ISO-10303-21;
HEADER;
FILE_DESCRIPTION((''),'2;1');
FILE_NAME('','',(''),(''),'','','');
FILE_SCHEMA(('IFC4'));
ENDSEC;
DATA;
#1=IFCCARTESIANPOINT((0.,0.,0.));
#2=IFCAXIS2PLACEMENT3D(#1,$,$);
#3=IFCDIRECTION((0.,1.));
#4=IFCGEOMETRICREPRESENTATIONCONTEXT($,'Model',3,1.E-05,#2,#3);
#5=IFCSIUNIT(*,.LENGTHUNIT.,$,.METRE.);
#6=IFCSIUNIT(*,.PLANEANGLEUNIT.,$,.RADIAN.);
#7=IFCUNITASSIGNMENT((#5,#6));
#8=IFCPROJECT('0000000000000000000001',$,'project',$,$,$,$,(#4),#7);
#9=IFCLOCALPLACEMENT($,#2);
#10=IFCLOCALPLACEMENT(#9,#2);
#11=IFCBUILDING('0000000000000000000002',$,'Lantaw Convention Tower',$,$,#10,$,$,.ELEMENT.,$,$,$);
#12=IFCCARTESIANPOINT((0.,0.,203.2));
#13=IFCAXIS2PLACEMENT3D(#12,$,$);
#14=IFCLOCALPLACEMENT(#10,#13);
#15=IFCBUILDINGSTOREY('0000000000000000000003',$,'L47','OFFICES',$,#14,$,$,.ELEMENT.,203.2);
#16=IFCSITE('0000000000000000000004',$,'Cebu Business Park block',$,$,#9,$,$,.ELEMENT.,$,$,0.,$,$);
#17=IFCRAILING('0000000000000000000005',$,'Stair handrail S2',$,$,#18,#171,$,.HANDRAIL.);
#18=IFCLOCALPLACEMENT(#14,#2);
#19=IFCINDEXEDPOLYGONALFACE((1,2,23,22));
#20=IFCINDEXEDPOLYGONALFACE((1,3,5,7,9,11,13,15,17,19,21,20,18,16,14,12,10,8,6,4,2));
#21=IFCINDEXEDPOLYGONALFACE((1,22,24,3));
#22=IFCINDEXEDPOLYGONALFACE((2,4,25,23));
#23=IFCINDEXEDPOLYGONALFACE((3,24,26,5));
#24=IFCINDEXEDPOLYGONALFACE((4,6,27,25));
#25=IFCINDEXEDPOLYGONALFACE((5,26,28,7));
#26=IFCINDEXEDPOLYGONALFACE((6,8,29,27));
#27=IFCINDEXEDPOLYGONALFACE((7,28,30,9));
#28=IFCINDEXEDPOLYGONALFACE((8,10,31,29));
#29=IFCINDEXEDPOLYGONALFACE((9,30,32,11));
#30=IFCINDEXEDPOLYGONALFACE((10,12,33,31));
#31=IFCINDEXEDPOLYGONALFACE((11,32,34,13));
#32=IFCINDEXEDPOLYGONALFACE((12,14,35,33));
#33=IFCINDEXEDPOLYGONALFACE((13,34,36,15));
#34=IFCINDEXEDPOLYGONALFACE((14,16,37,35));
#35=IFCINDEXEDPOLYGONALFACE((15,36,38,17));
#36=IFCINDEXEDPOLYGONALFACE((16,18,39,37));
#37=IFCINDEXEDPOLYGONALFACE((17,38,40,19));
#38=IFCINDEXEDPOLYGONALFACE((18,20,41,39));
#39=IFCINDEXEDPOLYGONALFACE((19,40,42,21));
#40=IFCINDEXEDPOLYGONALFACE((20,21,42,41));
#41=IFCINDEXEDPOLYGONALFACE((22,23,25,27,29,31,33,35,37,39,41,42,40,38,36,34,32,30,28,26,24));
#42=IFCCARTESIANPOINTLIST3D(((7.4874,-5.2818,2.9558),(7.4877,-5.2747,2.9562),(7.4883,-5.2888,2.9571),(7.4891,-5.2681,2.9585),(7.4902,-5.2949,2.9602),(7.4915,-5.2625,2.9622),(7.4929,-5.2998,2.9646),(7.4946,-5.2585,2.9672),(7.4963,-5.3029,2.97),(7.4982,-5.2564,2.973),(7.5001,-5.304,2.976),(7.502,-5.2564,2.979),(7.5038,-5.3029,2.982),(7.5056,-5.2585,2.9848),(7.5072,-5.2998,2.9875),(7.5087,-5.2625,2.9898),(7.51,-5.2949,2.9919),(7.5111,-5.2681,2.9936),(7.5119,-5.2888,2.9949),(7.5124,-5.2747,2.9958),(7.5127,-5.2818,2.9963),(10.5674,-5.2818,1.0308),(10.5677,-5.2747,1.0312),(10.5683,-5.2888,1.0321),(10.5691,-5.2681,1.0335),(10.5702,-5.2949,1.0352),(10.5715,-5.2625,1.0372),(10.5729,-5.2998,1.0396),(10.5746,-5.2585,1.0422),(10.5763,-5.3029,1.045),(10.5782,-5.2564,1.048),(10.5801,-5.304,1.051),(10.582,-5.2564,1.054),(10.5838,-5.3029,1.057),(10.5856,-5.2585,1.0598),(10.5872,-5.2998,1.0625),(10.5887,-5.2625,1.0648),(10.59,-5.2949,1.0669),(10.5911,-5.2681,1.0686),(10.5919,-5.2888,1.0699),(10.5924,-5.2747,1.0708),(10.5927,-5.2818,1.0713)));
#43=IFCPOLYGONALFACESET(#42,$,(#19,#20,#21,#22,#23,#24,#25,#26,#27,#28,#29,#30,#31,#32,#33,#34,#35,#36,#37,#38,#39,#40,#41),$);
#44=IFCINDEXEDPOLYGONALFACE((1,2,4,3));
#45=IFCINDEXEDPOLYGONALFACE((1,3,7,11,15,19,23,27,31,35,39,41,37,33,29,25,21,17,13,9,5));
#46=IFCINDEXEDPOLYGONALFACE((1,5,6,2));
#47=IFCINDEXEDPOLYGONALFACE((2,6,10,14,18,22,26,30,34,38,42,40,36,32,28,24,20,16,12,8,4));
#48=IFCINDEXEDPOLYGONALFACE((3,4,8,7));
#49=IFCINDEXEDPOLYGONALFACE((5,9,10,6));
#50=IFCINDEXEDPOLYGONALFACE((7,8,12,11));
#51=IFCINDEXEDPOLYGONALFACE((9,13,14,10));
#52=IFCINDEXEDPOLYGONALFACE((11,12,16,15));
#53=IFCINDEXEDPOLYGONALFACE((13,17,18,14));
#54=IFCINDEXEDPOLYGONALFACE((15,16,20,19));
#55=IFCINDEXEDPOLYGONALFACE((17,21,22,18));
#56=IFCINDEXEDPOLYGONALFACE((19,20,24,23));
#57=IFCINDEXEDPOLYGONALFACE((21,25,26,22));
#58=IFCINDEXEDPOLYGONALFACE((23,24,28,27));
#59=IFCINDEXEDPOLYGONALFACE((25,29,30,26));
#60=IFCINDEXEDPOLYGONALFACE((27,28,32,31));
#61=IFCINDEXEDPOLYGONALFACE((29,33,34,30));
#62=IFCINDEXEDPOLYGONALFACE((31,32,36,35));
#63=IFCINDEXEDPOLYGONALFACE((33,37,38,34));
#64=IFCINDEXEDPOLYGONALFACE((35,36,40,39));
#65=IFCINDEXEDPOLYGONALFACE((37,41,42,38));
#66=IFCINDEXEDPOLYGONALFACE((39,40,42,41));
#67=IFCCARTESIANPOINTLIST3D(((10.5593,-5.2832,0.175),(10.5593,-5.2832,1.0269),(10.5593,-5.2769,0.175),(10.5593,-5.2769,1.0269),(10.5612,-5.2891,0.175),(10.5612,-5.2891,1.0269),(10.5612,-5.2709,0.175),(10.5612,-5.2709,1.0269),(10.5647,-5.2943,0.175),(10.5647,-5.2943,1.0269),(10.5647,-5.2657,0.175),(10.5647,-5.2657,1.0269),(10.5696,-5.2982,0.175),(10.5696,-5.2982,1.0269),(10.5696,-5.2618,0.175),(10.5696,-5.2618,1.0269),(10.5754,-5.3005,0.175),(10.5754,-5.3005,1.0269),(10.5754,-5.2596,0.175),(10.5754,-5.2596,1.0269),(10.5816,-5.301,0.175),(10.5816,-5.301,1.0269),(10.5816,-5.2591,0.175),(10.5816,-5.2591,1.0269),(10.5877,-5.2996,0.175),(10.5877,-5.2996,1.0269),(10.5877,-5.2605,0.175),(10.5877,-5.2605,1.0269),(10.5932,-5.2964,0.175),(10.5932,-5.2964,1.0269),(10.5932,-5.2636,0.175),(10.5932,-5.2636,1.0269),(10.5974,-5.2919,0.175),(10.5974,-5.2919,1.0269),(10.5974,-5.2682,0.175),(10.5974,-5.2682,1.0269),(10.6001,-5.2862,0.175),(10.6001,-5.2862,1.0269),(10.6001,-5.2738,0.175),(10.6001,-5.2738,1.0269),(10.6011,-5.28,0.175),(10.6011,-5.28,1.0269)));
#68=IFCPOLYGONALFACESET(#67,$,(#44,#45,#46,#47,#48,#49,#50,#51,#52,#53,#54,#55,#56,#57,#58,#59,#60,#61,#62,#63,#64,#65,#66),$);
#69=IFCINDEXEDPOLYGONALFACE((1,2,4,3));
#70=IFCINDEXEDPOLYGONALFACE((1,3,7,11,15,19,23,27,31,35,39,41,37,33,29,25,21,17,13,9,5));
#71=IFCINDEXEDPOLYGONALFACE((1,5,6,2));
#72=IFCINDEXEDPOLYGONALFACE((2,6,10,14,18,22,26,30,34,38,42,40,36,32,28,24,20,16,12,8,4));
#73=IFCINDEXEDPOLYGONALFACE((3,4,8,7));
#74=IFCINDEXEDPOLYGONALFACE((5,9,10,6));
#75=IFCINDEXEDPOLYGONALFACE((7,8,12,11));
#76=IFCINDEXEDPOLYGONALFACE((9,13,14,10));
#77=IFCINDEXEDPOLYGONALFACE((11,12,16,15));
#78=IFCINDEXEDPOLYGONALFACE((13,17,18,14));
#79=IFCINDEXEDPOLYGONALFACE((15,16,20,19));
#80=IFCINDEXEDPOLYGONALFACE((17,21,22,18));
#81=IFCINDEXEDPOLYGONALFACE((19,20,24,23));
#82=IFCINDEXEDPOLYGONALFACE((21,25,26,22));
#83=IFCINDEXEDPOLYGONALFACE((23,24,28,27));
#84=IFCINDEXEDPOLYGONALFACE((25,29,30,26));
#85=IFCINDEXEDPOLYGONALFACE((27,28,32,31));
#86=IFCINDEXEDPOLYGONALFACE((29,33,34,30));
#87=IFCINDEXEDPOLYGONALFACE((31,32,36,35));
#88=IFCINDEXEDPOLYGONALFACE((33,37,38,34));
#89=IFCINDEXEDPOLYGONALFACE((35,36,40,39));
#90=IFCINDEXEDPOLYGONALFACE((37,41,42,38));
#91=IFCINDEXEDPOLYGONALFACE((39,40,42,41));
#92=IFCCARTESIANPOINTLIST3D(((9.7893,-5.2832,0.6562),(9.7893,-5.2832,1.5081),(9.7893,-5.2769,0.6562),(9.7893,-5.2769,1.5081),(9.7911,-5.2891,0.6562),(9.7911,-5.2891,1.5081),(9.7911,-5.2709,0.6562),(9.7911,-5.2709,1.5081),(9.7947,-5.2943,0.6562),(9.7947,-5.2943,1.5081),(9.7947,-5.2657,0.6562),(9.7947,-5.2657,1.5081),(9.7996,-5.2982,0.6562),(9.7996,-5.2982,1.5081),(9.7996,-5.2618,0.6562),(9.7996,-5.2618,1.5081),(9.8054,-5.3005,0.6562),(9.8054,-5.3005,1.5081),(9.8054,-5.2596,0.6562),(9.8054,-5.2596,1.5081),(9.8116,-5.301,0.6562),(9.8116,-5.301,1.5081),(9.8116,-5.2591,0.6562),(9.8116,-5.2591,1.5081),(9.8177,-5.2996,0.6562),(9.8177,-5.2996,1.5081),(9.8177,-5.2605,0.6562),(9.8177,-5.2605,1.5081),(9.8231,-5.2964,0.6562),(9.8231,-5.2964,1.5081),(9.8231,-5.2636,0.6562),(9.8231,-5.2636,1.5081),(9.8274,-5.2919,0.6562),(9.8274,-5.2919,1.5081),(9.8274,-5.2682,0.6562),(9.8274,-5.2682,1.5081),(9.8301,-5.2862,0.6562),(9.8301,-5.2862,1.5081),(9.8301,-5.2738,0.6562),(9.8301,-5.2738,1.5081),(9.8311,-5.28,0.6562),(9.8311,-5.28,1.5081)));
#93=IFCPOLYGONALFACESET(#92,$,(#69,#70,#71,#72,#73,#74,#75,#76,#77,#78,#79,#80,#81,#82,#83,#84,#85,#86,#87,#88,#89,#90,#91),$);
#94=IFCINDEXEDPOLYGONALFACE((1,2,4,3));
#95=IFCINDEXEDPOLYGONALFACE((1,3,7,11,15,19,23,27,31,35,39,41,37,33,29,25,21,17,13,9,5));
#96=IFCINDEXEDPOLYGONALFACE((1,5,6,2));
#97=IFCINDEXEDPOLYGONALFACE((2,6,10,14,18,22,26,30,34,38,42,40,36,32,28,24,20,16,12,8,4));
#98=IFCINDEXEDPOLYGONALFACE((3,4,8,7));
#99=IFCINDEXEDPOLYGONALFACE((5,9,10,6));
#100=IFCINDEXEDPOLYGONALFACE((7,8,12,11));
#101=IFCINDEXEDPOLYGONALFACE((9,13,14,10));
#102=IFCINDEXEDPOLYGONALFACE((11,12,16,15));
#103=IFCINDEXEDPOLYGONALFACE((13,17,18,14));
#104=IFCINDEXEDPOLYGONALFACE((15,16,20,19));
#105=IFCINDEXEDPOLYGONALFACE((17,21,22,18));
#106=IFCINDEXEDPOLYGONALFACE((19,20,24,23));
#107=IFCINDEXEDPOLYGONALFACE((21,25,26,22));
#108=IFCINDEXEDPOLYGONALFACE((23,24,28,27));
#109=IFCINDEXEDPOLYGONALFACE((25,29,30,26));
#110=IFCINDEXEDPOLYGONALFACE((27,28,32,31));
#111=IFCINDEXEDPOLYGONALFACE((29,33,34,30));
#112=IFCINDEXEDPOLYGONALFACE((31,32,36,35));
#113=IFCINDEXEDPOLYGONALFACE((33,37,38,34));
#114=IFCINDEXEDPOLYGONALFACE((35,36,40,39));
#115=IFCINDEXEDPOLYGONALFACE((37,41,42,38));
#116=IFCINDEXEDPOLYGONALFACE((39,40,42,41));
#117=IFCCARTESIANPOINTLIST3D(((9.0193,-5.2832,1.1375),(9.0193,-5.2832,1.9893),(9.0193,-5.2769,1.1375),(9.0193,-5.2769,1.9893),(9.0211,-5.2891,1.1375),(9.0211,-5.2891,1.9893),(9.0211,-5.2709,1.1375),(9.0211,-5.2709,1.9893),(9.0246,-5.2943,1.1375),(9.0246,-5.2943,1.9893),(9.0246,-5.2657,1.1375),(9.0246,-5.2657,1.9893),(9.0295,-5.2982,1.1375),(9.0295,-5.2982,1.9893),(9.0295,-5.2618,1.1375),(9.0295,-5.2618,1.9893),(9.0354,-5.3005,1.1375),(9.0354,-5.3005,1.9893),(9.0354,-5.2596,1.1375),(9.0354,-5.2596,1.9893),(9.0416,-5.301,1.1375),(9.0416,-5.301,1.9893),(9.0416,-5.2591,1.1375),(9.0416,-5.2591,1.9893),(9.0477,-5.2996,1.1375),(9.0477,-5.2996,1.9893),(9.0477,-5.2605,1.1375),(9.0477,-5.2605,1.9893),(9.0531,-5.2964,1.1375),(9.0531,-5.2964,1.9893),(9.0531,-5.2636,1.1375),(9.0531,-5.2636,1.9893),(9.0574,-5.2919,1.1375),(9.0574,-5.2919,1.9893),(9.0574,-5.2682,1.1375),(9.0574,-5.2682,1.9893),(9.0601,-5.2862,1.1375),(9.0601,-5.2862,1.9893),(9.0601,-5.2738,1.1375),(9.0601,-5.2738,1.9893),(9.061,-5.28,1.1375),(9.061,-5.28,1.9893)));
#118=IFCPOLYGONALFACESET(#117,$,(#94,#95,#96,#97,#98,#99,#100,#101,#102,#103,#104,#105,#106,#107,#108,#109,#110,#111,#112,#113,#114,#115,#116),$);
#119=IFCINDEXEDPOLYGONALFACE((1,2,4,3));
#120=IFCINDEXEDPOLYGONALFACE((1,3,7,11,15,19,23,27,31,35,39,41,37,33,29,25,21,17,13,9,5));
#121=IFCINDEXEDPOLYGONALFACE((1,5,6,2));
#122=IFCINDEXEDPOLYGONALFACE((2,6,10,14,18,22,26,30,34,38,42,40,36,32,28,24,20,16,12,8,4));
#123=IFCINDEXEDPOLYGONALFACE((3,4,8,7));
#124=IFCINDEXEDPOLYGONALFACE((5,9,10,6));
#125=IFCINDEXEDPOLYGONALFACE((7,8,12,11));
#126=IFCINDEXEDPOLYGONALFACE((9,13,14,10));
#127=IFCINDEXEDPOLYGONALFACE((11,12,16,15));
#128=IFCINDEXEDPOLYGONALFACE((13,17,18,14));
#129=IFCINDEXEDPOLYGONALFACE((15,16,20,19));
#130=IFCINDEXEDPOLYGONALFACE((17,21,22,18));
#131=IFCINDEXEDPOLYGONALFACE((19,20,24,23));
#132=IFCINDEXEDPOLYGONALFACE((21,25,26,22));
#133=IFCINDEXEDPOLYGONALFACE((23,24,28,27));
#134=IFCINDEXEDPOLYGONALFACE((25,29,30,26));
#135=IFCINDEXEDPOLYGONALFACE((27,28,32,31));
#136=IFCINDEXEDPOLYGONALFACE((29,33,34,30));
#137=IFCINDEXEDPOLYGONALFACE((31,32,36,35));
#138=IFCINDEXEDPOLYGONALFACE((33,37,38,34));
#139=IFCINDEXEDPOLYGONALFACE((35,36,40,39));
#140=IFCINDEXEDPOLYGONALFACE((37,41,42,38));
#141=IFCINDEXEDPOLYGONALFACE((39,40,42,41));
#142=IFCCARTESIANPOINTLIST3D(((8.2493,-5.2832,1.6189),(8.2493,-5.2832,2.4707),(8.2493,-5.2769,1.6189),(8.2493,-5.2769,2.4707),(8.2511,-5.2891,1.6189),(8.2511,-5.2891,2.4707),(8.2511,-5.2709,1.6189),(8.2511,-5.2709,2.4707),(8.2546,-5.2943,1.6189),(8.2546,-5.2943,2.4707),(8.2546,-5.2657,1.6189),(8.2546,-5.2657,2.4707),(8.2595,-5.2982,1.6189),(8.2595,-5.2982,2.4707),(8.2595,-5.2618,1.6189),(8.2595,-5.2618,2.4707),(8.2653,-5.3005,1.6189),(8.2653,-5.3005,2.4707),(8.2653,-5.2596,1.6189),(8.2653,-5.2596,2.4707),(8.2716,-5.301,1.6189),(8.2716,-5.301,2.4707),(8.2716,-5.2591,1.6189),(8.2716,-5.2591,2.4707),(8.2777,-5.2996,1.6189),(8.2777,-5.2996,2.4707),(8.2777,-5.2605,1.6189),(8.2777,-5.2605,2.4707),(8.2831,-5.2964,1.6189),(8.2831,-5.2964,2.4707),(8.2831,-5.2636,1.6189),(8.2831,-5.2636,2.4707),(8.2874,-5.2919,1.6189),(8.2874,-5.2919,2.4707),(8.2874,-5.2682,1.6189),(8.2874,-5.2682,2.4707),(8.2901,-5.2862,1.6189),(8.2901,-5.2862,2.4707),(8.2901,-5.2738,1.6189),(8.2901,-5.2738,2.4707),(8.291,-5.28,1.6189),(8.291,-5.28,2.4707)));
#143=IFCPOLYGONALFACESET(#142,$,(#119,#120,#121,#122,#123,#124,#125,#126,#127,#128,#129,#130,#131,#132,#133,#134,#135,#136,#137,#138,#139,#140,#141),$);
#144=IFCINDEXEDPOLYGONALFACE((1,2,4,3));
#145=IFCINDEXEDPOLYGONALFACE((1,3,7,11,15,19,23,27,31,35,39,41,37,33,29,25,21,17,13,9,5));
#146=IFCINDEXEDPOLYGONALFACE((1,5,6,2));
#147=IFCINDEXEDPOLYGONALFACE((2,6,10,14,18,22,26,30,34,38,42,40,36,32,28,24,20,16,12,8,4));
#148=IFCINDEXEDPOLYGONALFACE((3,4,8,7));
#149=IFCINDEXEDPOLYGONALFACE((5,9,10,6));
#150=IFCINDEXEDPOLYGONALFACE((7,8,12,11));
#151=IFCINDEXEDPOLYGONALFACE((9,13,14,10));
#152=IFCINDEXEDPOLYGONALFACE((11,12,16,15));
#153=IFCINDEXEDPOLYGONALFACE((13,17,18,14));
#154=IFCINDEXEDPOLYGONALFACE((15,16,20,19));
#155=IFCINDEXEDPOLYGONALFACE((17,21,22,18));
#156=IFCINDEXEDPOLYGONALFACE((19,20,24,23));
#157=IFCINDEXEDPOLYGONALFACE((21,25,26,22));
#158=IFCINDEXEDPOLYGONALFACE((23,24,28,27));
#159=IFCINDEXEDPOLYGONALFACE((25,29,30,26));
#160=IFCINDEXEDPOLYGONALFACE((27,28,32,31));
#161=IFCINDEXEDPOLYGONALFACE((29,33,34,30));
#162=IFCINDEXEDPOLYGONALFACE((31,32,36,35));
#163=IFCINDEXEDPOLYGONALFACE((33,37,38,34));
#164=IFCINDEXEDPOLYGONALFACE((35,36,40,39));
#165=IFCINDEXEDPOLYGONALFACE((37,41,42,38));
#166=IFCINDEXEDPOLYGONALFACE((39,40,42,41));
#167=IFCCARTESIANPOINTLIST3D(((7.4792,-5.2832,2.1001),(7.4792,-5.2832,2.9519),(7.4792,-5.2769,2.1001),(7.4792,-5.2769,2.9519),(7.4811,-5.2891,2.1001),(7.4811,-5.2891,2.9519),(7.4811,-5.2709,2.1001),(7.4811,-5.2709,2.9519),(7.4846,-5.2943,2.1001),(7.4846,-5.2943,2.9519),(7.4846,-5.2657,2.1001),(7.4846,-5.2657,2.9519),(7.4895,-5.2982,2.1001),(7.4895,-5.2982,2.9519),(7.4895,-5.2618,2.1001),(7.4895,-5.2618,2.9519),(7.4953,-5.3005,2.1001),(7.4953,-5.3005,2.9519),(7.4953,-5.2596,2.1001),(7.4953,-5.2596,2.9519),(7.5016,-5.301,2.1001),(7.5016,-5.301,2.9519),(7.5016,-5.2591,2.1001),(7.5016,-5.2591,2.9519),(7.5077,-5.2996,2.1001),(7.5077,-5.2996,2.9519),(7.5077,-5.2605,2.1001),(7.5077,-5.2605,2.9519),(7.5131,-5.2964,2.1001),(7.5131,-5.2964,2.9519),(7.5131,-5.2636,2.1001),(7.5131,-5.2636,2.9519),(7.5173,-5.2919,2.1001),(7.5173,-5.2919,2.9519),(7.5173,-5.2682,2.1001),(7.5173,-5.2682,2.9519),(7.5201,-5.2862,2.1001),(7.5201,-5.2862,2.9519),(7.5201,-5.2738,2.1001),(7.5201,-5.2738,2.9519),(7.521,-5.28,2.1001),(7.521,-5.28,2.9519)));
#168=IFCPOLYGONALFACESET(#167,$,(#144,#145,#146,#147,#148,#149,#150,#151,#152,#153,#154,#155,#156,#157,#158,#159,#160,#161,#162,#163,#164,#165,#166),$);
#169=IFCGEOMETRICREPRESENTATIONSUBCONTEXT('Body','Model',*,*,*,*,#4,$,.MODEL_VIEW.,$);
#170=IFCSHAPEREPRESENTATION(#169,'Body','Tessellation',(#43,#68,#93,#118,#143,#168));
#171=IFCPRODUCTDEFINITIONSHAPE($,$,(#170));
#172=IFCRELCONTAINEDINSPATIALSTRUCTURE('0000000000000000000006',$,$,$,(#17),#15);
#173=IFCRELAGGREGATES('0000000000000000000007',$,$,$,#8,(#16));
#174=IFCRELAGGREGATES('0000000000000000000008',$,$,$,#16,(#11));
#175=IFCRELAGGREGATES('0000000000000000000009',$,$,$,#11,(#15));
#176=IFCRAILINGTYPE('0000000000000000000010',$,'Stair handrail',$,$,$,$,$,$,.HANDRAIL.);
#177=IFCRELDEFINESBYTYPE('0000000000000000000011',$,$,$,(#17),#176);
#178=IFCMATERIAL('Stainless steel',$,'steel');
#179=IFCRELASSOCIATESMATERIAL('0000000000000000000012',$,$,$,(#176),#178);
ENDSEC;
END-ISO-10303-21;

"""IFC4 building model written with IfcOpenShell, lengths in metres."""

from ifc_helpers import new_model, si_unit, direction, frame, origin, origin_2d, place, context, subcontext, project, spatial, circle, extrude, material, type_object, element, save


model = new_model("IFC4")

# Units and contexts
model_context = context("Model", 3, precision=1e-05, world=origin(), true_north=direction((0.0, 1.0)))
body_context = subcontext(model_context, "Body", "Model", "MODEL_VIEW")
ifc_project = project(units=[si_unit("LENGTHUNIT", "METRE"), si_unit("PLANEANGLEUNIT", "RADIAN")], contexts=[model_context])

# Site, building, storey
site_placement = place(None, origin())
site = spatial("IfcSite", under=ifc_project, at=site_placement, Name="Cebu Business Park block", CompositionType="ELEMENT", RefElevation=0.0)
building_placement = place(site_placement, origin())
building = spatial("IfcBuilding", under=site, at=building_placement, Name="Lantaw Convention Tower", CompositionType="ELEMENT")
storey_placement = place(building_placement, frame((0.0, 0.0, 203.2)))
storey = spatial("IfcBuildingStorey", under=building, at=storey_placement, Name="L47", Description="OFFICES", CompositionType="ELEMENT", Elevation=203.2)

# Railing
ifc_material_1 = material(Name="Stainless steel", Category="steel")
railing_type = type_object("IfcRailingType", Name="Stair handrail", PredefinedType="HANDRAIL", material=ifc_material_1)
railing_placement = place(storey_placement, frame((10.5801, -5.28, 0.175)))
element("IfcRailing", 1, at=railing_placement, inside=storey, type_object=railing_type, Name="Stair handrail S2", PredefinedType="HANDRAIL", context=body_context, shape_type="SweptSolid", body=[
    extrude(circle(Radius=0.0239, at=origin_2d()), frame((0.0, 0.0, 0.876), z_axis=(-0.847998, 0.0, 0.529999), x_axis=(0.0, -1.0, 0.0)), (0.0, 0.0, 1.0), 3.6321),
    extrude(circle(Radius=0.021, at=origin_2d()), origin(), (0.0, 0.0, 1.0), 0.8518),
    extrude(circle(Radius=0.021, at=origin_2d()), frame((-0.77, 0.0, 0.4812)), (0.0, 0.0, 1.0), 0.8518),
    extrude(circle(Radius=0.021, at=origin_2d()), frame((-1.54, 0.0, 0.9624)), (0.0, 0.0, 1.0), 0.8518),
    extrude(circle(Radius=0.021, at=origin_2d()), frame((-2.3101, 0.0, 1.4438)), (0.0, 0.0, 1.0), 0.8518),
    extrude(circle(Radius=0.021, at=origin_2d()), frame((-3.0801, 0.0, 1.925)), (0.0, 0.0, 1.0), 0.8518),
])

save(model, "model.ifc")
